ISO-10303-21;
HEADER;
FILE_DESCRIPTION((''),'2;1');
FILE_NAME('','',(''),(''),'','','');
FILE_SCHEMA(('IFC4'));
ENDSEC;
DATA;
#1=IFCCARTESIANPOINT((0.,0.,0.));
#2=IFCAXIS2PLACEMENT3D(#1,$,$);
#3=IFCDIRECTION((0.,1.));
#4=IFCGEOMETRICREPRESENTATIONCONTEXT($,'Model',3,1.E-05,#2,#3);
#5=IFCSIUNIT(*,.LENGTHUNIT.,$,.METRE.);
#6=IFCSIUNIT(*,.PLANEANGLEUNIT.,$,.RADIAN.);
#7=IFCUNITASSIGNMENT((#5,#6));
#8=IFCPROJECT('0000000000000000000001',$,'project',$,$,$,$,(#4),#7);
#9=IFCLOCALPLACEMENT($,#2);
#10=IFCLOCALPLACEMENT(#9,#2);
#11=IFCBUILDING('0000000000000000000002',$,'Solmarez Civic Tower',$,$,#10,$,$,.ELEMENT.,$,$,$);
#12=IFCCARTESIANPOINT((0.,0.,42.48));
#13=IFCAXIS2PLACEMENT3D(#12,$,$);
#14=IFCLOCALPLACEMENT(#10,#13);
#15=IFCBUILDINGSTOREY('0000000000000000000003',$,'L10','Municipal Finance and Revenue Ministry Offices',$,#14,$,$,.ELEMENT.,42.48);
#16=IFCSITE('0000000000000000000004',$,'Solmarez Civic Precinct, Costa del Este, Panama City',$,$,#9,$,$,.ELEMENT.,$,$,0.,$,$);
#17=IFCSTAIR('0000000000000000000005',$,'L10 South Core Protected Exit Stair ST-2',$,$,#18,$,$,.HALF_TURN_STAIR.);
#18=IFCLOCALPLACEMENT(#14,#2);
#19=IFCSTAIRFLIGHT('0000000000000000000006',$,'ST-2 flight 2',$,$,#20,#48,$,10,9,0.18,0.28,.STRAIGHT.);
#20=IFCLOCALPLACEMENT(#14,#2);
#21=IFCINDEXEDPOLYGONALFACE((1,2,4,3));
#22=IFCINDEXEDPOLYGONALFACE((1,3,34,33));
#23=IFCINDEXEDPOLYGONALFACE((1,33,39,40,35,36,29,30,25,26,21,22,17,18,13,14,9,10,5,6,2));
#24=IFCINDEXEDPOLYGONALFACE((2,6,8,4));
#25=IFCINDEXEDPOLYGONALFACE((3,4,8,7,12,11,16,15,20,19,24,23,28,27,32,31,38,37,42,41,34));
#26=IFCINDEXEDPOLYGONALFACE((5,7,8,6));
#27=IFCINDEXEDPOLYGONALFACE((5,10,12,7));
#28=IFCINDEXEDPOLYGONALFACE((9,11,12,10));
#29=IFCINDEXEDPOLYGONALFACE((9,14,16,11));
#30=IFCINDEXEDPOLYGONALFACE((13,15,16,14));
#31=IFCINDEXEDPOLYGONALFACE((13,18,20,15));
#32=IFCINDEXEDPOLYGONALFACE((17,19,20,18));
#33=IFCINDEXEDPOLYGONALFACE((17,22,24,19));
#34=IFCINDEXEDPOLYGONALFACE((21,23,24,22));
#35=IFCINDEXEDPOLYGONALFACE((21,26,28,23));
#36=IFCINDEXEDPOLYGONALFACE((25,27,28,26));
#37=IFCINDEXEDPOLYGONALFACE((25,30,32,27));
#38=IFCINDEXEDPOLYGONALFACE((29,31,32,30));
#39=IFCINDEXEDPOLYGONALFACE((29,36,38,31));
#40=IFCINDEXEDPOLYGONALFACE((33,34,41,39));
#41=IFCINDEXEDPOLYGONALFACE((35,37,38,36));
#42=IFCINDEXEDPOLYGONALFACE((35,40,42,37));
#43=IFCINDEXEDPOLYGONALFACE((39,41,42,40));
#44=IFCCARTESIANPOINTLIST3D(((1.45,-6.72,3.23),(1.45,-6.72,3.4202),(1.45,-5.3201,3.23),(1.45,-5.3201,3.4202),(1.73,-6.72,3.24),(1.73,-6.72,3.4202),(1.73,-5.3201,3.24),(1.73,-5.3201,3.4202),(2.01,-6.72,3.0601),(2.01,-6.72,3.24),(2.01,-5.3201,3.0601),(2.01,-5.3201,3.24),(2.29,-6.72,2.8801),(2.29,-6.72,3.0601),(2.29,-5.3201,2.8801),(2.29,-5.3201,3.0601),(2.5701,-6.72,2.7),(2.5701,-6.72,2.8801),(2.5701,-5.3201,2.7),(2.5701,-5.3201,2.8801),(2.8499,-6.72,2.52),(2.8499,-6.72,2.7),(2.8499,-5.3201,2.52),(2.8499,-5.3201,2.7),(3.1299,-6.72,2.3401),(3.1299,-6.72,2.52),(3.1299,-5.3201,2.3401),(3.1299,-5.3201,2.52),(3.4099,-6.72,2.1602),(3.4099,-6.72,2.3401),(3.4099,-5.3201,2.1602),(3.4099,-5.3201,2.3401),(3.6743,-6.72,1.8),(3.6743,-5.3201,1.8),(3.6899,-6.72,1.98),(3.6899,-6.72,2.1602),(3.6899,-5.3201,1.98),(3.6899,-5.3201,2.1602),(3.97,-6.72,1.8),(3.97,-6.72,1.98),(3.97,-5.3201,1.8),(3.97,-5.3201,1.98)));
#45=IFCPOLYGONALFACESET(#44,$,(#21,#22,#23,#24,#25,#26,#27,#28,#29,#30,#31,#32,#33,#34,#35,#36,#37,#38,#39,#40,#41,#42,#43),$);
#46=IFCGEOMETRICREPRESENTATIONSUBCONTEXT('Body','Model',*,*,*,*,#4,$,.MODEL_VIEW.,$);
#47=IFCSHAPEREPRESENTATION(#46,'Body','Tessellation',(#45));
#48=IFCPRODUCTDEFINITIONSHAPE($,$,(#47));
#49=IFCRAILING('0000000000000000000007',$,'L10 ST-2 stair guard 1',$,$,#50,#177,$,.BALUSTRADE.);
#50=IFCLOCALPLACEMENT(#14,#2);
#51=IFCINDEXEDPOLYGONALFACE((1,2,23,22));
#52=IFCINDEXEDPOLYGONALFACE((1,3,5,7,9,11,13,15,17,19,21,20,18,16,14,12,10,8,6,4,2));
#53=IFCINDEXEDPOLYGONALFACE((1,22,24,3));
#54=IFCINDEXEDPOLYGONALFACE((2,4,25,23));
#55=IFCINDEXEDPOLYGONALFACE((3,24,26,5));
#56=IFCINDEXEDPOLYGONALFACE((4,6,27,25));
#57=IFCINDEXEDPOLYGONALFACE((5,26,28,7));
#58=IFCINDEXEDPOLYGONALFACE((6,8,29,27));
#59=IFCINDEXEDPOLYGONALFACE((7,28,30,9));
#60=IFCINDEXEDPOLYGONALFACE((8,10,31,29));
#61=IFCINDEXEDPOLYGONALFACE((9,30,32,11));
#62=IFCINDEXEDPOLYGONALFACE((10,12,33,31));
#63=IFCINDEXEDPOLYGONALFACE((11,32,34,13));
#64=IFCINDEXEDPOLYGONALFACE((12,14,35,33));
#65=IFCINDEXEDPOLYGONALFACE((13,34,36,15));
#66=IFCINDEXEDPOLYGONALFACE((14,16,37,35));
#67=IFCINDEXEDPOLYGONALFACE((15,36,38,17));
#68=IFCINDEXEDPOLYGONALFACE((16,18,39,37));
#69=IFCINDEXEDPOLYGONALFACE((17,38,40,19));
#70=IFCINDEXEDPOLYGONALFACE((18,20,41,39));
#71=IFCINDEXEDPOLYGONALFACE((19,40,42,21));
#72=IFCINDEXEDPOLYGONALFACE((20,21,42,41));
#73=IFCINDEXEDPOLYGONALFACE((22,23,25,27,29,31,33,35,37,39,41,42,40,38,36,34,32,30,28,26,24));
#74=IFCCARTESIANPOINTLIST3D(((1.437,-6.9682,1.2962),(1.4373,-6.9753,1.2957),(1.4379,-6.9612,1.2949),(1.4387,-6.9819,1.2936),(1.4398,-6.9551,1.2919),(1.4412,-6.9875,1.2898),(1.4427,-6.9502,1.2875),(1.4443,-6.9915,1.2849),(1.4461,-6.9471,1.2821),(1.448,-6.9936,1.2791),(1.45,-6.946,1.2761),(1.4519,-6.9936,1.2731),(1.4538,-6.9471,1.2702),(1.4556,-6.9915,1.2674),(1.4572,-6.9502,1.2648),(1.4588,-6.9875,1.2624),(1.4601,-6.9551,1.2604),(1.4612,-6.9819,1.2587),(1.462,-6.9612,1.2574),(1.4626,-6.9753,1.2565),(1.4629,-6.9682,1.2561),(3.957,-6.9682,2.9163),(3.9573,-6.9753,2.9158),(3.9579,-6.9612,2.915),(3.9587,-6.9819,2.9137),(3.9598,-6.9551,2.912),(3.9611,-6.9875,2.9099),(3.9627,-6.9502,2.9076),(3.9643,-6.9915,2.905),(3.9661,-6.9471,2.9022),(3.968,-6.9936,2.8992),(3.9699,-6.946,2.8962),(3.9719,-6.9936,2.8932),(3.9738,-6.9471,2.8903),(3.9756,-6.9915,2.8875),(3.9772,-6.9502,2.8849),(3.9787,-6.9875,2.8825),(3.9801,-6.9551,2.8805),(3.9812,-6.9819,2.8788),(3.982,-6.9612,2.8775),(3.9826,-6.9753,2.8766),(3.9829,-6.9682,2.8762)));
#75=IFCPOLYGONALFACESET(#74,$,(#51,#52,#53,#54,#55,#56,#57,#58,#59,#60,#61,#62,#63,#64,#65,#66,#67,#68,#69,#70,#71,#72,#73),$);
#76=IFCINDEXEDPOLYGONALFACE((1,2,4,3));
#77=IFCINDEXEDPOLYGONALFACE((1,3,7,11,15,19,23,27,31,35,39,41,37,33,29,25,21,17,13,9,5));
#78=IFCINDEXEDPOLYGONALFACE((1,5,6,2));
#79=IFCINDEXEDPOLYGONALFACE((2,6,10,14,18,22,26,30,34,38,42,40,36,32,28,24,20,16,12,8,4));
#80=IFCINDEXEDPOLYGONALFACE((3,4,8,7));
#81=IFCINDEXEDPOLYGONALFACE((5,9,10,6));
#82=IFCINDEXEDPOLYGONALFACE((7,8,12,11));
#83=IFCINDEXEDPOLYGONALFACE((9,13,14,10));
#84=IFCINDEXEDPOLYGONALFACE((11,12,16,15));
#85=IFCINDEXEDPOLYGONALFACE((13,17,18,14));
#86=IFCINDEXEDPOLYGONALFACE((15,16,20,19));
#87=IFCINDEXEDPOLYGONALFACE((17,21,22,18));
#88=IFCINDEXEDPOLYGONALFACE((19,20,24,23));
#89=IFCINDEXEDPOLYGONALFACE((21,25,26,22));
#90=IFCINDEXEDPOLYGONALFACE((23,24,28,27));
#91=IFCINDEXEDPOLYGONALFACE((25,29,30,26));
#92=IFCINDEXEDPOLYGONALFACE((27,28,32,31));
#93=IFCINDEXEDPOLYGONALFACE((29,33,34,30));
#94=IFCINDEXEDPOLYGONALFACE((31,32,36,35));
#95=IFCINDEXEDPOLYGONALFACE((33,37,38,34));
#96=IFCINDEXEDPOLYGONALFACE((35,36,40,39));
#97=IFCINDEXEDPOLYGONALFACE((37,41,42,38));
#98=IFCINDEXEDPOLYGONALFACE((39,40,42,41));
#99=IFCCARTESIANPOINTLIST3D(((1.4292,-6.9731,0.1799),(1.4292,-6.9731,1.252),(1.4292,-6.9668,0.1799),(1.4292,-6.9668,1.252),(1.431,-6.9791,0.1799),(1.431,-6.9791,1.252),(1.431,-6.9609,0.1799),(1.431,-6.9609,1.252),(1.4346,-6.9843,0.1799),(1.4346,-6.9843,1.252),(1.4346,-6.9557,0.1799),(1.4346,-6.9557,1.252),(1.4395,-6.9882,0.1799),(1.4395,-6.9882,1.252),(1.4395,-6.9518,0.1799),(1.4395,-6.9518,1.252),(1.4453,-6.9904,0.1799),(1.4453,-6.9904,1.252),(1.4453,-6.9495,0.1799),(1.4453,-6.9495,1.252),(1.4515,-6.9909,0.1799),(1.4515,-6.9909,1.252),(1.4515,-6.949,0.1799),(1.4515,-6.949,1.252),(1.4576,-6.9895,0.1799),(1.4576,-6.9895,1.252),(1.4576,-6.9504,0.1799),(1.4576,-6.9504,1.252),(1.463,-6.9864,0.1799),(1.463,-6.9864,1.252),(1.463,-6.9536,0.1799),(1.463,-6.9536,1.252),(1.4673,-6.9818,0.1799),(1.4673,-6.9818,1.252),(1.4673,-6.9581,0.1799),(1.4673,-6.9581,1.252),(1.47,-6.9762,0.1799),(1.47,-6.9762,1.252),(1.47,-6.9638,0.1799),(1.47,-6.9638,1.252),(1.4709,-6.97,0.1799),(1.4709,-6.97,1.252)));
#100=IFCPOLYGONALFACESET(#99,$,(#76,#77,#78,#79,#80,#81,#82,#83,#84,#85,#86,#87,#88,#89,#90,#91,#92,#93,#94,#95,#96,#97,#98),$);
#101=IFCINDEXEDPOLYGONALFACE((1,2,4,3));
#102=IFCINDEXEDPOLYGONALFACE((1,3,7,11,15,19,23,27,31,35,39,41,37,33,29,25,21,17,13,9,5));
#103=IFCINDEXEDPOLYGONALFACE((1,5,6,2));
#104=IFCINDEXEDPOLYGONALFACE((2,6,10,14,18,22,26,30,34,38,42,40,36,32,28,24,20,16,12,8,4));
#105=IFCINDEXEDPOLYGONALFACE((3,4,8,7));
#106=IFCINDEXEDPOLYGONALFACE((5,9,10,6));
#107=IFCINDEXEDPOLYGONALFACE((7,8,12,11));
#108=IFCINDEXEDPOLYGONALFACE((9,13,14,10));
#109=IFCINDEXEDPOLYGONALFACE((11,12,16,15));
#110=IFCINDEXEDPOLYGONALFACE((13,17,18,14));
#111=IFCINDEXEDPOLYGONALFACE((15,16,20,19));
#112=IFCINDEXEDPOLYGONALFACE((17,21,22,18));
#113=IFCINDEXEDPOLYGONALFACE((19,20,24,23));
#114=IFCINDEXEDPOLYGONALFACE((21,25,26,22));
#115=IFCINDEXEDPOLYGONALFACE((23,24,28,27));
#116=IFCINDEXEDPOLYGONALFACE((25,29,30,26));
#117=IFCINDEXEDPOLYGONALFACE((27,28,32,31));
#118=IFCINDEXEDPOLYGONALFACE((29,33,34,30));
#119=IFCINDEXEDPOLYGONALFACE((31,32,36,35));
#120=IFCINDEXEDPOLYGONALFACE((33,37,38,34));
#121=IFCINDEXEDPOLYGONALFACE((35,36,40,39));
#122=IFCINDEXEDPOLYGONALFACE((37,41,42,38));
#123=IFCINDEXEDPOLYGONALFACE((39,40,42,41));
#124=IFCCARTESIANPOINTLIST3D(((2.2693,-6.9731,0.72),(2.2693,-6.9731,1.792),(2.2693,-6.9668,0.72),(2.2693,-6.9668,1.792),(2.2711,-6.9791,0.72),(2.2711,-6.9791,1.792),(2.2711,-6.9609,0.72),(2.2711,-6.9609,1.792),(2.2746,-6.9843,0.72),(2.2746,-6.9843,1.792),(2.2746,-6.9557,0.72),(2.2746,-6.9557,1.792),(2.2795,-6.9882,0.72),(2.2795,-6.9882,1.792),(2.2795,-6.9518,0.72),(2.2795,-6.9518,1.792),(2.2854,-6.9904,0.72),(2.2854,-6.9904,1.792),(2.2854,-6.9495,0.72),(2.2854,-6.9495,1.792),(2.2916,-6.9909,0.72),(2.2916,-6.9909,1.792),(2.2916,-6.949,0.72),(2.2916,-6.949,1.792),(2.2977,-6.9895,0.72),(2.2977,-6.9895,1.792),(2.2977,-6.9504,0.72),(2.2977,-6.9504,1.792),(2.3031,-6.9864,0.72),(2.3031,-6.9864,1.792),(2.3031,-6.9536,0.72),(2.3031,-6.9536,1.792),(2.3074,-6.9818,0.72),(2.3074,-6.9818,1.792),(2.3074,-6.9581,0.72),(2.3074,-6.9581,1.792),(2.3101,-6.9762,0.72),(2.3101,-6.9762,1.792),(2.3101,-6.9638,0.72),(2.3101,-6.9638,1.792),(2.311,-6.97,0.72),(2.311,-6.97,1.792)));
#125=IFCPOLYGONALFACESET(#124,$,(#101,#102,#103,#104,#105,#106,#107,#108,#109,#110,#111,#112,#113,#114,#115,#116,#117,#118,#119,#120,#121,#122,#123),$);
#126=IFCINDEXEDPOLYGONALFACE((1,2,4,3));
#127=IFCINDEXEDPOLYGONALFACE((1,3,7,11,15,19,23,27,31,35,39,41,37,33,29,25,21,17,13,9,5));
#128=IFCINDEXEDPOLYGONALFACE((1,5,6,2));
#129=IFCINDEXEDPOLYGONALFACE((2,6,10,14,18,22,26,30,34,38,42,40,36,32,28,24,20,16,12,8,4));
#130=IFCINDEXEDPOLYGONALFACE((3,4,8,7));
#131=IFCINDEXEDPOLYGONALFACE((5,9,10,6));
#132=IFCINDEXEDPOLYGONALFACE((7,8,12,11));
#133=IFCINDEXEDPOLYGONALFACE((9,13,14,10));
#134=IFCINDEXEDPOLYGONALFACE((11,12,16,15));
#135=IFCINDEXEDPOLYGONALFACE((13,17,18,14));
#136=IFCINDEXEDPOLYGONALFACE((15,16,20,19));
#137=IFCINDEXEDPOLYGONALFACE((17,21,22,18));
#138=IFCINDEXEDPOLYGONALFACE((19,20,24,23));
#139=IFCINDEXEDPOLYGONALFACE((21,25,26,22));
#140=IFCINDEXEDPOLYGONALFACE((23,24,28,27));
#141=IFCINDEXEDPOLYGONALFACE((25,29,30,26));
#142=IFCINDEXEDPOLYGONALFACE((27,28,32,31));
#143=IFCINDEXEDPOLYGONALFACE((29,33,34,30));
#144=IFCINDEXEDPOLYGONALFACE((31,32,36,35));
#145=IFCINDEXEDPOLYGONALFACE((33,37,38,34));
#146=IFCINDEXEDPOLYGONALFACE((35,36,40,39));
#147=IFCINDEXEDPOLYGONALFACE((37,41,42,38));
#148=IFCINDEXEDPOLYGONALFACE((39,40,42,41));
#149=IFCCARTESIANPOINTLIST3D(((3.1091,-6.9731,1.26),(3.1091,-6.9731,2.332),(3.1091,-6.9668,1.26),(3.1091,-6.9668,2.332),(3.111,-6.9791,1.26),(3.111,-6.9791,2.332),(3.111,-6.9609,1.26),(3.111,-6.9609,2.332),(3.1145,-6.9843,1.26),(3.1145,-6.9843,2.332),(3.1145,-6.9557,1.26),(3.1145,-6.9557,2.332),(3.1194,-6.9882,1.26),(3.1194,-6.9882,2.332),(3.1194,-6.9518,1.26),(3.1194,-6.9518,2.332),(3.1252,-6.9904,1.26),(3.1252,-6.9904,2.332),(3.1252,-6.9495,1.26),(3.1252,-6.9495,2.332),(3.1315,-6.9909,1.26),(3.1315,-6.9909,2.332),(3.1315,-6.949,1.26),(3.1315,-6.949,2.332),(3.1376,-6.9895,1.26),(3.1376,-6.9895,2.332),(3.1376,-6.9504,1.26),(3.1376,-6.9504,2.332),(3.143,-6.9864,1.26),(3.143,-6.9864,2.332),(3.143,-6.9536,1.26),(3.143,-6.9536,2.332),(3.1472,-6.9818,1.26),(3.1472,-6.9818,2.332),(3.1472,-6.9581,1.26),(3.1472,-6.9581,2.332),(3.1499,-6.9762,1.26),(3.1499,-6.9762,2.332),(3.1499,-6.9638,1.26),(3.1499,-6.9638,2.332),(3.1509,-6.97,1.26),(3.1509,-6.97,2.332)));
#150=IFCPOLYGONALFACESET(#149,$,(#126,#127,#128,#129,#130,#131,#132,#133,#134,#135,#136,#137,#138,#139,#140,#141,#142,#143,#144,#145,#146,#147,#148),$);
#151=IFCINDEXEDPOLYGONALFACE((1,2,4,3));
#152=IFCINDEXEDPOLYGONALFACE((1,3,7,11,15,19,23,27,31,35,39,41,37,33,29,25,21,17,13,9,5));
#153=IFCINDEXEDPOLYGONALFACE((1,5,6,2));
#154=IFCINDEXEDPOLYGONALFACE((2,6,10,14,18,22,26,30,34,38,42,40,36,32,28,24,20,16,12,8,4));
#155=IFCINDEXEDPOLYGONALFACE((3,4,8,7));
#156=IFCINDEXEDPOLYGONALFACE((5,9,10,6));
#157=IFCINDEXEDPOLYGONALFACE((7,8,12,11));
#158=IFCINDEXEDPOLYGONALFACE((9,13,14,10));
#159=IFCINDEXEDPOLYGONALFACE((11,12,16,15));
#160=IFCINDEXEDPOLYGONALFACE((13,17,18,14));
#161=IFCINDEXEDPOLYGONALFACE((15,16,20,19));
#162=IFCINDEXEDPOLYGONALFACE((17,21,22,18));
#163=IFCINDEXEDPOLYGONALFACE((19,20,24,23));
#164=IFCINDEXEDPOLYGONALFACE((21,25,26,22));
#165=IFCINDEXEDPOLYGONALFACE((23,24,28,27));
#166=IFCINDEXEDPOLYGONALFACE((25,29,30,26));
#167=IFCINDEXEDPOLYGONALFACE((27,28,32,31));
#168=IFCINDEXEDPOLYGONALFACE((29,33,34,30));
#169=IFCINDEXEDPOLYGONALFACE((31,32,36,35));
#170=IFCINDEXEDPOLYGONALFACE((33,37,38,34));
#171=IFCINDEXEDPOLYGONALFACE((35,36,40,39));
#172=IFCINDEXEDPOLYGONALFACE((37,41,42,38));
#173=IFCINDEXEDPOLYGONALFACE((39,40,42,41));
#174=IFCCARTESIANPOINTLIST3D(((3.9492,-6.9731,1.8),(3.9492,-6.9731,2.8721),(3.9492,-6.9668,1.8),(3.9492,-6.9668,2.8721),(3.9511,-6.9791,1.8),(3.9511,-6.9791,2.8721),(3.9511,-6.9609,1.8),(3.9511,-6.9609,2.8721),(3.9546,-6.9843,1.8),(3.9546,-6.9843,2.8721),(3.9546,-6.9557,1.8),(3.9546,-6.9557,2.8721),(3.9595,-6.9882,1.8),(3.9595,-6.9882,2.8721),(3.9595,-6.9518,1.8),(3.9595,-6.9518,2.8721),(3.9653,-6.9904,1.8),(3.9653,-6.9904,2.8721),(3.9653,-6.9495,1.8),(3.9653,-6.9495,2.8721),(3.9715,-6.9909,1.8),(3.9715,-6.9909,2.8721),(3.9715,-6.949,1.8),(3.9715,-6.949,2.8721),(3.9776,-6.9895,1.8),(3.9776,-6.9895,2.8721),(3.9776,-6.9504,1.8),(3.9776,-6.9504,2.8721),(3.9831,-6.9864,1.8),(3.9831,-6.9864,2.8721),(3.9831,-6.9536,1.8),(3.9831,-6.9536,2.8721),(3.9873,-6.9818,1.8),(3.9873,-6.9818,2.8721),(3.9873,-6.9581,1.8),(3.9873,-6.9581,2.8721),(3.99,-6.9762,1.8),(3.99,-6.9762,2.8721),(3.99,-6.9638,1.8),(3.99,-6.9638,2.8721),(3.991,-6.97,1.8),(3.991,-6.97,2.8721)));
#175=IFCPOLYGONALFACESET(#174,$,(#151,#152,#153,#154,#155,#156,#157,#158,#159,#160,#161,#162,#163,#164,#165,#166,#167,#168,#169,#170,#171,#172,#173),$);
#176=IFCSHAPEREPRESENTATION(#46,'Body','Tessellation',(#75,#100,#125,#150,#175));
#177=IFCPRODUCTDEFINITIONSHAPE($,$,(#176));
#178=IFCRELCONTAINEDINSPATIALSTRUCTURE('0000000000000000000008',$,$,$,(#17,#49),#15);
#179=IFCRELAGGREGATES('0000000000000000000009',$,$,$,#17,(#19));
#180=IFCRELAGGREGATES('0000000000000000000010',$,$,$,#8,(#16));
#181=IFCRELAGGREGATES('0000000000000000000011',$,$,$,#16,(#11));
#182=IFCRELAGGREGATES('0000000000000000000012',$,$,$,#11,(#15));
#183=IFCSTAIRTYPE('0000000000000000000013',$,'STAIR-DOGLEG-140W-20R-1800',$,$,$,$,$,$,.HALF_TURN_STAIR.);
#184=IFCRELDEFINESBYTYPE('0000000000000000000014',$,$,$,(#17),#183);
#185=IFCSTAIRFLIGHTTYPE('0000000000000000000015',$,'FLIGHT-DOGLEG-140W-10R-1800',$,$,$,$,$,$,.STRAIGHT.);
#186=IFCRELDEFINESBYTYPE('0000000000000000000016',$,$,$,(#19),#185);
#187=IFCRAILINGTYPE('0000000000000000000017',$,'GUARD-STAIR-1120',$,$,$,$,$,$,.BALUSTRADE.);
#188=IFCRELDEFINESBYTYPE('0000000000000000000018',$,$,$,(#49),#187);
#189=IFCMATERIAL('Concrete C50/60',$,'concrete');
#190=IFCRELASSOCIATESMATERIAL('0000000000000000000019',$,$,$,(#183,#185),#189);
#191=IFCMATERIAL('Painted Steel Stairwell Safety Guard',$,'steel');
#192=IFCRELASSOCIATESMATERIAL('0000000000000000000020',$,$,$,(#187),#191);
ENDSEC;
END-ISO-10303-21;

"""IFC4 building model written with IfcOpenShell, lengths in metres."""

from ifc_helpers import new_model, si_unit, direction, frame, origin, origin_2d, place, context, subcontext, project, spatial, polyline, circle, outline, extrude, material, type_object, element, aggregate, save


model = new_model("IFC4")

# Units and contexts
model_context = context("Model", 3, precision=1e-05, world=origin(), true_north=direction((0.0, 1.0)))
body_context = subcontext(model_context, "Body", "Model", "MODEL_VIEW")
ifc_project = project(units=[si_unit("LENGTHUNIT", "METRE"), si_unit("PLANEANGLEUNIT", "RADIAN")], contexts=[model_context])

# Site, building, storey
site_placement = place(None, origin())
site = spatial("IfcSite", under=ifc_project, at=site_placement, Name="Solmarez Civic Precinct, Costa del Este, Panama City", CompositionType="ELEMENT", RefElevation=0.0)
building_placement = place(site_placement, origin())
building = spatial("IfcBuilding", under=site, at=building_placement, Name="Solmarez Civic Tower", CompositionType="ELEMENT")
storey_placement = place(building_placement, frame((0.0, 0.0, 42.48)))
storey = spatial("IfcBuildingStorey", under=building, at=storey_placement, Name="L10", Description="Municipal Finance and Revenue Ministry Offices", CompositionType="ELEMENT", Elevation=42.48)

# Shared definitions
ifc_material_1 = material(Name="Concrete C50/60", Category="concrete")

# Stair
stair_type = type_object("IfcStairType", Name="STAIR-DOGLEG-140W-20R-1800", PredefinedType="HALF_TURN_STAIR", material=ifc_material_1)
stair_1_placement = place(storey_placement, origin())
stair_1 = element("IfcStair", 1, at=stair_1_placement, inside=storey, type_object=stair_type, Name="L10 South Core Protected Exit Stair ST-2", PredefinedType="HALF_TURN_STAIR")

# Stair flight
stair_flight_type = type_object("IfcStairFlightType", Name="FLIGHT-DOGLEG-140W-10R-1800", PredefinedType="STRAIGHT", material=ifc_material_1)
stair_flight_1_placement = place(storey_placement, frame((3.97, -6.02, 1.8), z_axis=(0.0, 0.0, 1.0), x_axis=(-1.0, 0.0, 0.0)))
stair_flight_1 = element("IfcStairFlight", 2, at=stair_flight_1_placement, type_object=stair_flight_type, Name="ST-2 flight 2", NumberOfRisers=10, NumberOfTreads=9, PredefinedType="STRAIGHT", RiserHeight=0.18, TreadLength=0.28, context=body_context, shape_type="SweptSolid", body=[
    extrude(outline(polyline([(0.0, 0.0), (0.0, 0.1799), (0.28, 0.1799), (0.28, 0.3601), (0.5601, 0.3601), (0.5601, 0.54), (0.8401, 0.54), (0.8401, 0.72), (1.1201, 0.72), (1.1201, 0.8999), (1.3999, 0.8999), (1.3999, 1.0801), (1.6799, 1.0801), (1.6799, 1.26), (1.96, 1.26), (1.96, 1.4399), (2.24, 1.4399), (2.24, 1.6201), (2.52, 1.6201), (2.52, 1.8), (2.52, 1.4299), (0.2957, 0.0), (0.0, 0.0)])), frame((0.0, 0.7, 0.0), z_axis=(0.0, -1.0, 0.0), x_axis=(1.0, 0.0, 0.0)), (0.0, 0.0, 1.0), 1.3999),
])
aggregate(stair_1, [stair_flight_1])

# Railing
ifc_material_2 = material(Name="Painted Steel Stairwell Safety Guard", Category="steel")
railing_type_1 = type_object("IfcRailingType", Name="GUARD-STAIR-1120", PredefinedType="BALUSTRADE", material=ifc_material_2)
railing_1_placement = place(storey_placement, frame((1.45, -6.97, 0.1799)))
element("IfcRailing", 3, at=railing_1_placement, inside=storey, type_object=railing_type_1, Name="L10 ST-2 stair guard 1", PredefinedType="BALUSTRADE", context=body_context, shape_type="SweptSolid", body=[
    extrude(circle(Radius=0.0239, at=origin_2d()), frame((0.0, 0.0, 1.0962), z_axis=(0.841163, 0.0, 0.540782), x_axis=(0.0, 1.0, 0.0)), (0.0, 0.0, 1.0), 2.9958),
    extrude(circle(Radius=0.021, at=origin_2d()), origin(), (0.0, 0.0, 1.0), 1.072),
    extrude(circle(Radius=0.021, at=origin_2d()), frame((0.8401, 0.0, 0.54)), (0.0, 0.0, 1.0), 1.072),
    extrude(circle(Radius=0.021, at=origin_2d()), frame((1.6799, 0.0, 1.0801)), (0.0, 0.0, 1.0), 1.072),
    extrude(circle(Radius=0.021, at=origin_2d()), frame((2.52, 0.0, 1.6201)), (0.0, 0.0, 1.0), 1.072),
])

save(model, "model.ifc")
